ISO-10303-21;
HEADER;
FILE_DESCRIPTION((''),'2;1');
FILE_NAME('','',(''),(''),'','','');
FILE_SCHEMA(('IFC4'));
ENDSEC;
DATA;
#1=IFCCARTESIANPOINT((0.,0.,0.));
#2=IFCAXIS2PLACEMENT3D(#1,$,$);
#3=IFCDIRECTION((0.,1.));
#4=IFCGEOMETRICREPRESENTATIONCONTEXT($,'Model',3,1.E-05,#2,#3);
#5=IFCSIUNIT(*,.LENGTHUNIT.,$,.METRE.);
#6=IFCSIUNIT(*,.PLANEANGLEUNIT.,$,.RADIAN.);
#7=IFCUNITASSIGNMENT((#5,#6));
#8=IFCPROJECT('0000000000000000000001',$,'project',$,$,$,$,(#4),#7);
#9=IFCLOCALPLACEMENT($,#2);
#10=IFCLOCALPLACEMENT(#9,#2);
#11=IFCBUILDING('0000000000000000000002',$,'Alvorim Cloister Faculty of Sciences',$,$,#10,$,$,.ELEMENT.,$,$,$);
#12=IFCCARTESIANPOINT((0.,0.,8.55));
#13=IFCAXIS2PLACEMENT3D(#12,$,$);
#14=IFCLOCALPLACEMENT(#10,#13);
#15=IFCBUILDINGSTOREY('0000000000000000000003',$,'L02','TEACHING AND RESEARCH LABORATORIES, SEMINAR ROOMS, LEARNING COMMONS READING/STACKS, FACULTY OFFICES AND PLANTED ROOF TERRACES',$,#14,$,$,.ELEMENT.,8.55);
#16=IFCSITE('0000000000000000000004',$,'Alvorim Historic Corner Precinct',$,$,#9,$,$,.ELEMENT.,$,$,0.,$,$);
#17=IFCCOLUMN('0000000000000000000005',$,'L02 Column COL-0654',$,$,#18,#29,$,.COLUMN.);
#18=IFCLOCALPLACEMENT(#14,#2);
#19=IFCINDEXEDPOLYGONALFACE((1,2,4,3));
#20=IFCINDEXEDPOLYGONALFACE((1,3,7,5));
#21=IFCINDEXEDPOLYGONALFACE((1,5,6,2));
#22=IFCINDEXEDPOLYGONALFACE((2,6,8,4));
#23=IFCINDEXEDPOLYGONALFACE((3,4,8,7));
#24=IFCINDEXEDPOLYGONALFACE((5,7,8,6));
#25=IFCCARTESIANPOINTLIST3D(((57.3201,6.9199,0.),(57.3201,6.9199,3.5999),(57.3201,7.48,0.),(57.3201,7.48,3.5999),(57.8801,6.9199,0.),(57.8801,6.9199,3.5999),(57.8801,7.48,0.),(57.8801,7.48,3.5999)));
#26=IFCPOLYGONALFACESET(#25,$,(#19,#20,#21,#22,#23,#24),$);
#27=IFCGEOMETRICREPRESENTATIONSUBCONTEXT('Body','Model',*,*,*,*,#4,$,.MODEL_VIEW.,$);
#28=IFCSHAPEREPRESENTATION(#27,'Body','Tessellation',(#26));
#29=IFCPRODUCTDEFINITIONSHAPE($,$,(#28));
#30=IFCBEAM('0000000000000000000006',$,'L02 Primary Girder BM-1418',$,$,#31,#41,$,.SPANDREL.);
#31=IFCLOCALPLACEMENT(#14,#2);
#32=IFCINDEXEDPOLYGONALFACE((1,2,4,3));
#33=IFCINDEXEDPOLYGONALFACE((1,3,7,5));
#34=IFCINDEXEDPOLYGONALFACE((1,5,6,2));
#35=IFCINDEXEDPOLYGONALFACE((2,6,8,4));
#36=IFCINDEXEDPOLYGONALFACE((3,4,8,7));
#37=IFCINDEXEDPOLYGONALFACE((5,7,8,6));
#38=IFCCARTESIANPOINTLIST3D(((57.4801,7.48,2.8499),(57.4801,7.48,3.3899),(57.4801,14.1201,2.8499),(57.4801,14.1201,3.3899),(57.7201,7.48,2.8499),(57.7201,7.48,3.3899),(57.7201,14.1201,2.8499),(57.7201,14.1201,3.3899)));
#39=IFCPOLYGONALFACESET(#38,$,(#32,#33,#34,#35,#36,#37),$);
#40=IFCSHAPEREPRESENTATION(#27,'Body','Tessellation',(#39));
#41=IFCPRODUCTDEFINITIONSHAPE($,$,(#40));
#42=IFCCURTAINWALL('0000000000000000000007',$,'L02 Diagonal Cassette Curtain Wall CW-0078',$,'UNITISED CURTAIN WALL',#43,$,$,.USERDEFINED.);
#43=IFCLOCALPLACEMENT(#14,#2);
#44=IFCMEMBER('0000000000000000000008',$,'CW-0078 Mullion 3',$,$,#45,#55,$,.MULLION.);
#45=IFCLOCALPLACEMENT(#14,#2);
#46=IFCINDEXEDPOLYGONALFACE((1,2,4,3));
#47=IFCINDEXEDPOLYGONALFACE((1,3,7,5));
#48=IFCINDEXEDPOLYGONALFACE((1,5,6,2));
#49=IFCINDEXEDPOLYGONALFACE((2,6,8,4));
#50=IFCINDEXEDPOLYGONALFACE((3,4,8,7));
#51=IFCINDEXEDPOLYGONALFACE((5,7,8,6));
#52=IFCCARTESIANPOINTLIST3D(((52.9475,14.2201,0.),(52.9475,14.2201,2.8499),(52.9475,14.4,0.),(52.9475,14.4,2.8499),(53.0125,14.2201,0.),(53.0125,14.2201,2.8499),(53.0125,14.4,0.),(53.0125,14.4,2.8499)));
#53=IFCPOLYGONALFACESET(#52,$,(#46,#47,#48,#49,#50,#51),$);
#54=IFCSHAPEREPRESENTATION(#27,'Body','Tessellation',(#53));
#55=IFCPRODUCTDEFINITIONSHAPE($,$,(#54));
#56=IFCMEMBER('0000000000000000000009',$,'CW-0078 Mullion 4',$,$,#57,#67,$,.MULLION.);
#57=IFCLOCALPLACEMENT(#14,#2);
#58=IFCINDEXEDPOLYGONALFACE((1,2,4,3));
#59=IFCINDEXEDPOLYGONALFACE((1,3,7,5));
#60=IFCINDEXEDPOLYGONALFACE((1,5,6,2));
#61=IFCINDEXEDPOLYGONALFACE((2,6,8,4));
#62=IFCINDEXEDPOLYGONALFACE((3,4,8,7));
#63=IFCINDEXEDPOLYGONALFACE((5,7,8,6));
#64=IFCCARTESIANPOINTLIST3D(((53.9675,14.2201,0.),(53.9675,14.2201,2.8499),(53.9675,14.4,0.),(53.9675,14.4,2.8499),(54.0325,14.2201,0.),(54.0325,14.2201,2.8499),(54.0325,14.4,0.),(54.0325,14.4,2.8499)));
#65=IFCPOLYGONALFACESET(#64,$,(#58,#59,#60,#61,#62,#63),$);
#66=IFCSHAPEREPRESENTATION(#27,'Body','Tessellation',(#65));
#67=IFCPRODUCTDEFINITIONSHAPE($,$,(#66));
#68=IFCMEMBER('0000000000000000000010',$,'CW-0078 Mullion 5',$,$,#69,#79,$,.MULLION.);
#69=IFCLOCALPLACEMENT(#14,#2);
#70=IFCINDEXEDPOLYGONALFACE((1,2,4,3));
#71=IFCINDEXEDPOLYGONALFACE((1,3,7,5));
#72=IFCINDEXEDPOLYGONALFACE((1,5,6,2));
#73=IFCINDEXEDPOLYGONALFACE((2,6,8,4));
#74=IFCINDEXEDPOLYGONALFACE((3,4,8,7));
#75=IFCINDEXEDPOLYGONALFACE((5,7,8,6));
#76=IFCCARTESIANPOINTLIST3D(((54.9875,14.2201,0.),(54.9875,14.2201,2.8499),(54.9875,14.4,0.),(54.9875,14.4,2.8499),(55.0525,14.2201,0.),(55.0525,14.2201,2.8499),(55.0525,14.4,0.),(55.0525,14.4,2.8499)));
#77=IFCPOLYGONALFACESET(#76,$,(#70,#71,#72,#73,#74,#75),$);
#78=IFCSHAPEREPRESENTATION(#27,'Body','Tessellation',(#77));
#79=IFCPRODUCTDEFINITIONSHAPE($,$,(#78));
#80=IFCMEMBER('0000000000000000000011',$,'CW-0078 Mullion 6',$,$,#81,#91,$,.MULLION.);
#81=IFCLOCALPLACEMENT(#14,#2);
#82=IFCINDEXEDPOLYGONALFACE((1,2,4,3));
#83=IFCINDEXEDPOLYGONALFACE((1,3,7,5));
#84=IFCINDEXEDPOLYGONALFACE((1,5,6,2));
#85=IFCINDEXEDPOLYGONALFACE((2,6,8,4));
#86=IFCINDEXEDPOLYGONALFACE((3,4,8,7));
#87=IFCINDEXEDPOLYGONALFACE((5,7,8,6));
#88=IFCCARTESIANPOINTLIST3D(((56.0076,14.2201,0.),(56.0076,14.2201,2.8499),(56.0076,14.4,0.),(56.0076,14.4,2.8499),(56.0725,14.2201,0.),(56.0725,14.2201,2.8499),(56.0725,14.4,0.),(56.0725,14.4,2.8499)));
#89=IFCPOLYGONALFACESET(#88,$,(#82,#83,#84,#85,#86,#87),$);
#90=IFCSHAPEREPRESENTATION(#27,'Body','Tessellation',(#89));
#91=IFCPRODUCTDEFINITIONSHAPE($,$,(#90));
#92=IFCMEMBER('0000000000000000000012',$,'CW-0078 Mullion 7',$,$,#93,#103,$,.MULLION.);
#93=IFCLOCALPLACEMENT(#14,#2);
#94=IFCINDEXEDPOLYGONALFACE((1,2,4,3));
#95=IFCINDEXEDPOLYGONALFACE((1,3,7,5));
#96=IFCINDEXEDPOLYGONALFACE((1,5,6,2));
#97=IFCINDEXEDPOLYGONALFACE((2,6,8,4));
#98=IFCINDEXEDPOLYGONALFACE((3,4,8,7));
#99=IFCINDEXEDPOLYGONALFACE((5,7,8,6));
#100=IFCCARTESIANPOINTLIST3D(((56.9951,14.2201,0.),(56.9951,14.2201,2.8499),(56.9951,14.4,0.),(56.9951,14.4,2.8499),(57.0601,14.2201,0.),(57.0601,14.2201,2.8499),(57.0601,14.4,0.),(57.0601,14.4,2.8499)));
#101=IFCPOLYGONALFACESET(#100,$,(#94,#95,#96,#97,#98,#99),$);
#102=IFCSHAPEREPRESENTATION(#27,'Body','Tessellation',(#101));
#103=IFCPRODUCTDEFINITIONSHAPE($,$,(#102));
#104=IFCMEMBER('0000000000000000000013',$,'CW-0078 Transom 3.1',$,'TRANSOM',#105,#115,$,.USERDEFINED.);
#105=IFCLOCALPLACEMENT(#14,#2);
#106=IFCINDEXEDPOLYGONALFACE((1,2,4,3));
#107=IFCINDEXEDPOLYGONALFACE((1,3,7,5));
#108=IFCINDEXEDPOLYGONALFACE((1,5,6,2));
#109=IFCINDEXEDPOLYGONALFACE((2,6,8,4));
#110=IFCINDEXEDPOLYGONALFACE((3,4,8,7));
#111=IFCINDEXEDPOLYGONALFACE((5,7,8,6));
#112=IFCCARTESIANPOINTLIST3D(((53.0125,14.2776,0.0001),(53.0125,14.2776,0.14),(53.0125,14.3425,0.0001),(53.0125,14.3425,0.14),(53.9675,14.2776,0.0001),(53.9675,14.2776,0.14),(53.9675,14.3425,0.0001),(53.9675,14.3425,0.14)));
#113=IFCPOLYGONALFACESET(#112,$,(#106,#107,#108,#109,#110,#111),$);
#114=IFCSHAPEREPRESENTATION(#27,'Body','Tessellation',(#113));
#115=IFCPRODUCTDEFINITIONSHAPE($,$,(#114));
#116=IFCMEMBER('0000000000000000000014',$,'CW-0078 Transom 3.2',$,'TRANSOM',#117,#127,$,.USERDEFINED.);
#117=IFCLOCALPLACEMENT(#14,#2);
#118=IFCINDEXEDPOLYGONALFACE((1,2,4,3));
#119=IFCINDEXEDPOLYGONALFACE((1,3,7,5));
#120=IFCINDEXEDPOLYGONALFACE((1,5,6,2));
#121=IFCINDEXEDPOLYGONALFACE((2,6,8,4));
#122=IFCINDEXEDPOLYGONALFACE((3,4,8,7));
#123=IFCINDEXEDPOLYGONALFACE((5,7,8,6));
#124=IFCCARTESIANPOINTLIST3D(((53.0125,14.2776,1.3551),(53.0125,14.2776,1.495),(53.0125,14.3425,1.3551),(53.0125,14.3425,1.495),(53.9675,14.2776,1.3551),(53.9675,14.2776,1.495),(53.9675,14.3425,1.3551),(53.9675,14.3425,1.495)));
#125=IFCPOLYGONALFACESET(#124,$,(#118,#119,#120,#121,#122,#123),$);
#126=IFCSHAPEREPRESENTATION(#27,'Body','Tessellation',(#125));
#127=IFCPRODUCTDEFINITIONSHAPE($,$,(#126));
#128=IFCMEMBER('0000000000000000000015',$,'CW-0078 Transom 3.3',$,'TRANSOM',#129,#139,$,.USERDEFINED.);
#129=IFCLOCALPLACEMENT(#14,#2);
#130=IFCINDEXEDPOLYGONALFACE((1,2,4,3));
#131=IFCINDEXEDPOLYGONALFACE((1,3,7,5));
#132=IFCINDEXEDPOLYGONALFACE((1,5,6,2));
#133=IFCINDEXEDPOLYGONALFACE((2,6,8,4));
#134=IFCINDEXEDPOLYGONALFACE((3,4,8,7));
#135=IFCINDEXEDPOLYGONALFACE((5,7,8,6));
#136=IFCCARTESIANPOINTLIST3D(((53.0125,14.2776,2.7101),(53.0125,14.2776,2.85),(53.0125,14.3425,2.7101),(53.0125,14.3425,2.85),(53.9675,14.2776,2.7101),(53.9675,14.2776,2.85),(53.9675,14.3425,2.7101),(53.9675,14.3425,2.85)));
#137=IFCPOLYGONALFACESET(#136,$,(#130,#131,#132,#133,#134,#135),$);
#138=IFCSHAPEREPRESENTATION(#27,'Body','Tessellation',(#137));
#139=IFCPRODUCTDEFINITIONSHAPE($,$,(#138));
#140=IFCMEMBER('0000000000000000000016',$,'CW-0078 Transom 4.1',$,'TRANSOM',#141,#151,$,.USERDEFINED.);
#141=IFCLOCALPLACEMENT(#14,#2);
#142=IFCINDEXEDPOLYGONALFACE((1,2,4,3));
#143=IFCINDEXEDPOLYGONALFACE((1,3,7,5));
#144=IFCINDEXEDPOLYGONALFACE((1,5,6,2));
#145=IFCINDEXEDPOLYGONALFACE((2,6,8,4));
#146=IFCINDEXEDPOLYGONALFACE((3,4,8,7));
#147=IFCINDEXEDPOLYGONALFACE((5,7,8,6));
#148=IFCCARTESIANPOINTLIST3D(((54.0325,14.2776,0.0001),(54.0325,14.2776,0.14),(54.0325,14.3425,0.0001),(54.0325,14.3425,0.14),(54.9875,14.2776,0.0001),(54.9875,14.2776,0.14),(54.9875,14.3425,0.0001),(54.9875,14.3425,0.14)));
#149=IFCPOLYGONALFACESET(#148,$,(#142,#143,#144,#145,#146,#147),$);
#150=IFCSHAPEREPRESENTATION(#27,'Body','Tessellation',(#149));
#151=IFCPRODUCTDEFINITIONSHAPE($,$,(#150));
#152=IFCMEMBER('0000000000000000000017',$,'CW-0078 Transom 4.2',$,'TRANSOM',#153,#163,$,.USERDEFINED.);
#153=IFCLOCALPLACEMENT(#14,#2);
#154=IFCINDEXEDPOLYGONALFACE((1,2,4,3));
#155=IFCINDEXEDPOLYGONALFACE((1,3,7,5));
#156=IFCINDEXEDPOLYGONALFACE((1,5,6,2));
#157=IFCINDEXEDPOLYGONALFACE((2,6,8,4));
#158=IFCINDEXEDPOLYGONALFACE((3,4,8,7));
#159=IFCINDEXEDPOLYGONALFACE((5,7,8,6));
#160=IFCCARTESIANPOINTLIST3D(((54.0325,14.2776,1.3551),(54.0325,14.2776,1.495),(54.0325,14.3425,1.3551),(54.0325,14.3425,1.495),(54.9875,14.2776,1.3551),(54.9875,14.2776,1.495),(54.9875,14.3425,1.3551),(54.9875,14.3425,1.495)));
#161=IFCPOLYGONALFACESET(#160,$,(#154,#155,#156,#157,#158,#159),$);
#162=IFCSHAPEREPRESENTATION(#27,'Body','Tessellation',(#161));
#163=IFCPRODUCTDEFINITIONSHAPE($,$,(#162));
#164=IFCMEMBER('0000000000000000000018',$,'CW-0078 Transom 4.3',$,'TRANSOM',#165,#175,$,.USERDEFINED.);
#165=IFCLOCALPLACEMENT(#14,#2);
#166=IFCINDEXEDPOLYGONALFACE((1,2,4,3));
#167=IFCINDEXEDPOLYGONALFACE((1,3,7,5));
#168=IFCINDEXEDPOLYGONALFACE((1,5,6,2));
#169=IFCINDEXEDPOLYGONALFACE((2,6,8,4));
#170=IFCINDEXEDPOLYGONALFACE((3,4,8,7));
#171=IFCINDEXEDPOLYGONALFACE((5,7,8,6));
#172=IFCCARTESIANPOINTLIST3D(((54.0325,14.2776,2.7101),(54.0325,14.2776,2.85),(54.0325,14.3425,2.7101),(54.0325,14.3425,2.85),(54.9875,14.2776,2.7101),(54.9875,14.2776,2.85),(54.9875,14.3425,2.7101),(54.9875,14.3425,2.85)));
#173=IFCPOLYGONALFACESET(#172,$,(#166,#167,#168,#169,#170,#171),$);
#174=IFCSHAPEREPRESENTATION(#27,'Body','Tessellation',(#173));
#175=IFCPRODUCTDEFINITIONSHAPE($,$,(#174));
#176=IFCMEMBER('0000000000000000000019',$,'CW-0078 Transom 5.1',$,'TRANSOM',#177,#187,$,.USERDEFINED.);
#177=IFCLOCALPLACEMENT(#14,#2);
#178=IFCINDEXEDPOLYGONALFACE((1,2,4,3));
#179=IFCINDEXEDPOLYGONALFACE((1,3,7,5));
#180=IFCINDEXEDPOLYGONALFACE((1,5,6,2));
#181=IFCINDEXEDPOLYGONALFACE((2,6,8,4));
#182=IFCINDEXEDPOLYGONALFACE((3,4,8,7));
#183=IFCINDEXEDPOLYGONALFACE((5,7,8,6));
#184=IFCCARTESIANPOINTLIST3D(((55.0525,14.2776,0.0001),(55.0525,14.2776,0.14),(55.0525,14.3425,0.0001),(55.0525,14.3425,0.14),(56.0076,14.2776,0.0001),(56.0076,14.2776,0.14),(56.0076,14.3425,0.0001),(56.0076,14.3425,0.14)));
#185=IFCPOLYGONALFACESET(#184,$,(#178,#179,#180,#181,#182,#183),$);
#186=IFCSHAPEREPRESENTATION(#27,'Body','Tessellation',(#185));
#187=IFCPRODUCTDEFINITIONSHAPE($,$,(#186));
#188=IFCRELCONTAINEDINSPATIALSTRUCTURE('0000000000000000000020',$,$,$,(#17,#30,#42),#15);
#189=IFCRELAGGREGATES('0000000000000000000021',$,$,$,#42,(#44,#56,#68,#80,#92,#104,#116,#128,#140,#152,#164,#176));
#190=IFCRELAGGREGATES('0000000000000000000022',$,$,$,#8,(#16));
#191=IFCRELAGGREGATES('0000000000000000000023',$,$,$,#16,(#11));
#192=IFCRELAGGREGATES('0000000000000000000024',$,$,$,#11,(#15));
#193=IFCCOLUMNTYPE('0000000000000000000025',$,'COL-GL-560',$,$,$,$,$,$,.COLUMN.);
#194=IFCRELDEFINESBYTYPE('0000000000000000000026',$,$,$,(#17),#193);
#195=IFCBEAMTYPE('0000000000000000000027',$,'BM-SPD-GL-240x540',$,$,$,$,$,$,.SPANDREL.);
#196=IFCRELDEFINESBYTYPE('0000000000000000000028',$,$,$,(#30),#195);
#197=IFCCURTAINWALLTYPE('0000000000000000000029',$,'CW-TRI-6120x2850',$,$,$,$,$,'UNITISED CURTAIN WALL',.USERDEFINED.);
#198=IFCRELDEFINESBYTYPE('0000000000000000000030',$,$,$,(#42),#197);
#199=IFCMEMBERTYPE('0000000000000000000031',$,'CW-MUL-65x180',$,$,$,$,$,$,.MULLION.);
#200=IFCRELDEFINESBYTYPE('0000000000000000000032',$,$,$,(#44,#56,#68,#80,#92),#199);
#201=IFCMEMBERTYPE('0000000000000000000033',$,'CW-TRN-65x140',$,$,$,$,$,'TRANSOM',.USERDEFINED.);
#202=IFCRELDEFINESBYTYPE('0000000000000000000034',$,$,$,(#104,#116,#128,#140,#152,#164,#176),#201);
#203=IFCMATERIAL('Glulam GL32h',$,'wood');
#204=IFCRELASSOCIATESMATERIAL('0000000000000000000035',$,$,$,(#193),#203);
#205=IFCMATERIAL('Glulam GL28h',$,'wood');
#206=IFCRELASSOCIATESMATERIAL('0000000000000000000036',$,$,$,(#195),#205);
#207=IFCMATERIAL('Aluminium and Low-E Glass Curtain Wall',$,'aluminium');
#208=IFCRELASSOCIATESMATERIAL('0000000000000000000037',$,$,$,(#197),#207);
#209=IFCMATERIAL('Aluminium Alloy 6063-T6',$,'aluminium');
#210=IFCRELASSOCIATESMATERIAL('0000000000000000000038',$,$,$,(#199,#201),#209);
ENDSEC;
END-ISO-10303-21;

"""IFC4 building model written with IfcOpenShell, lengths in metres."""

from ifc_helpers import new_model, si_unit, direction, frame, origin, origin_2d, place, context, subcontext, project, spatial, rectangle, extrude, material, material_profile, profile_set, type_object, element, aggregate, save


model = new_model("IFC4")

# Units and contexts
model_context = context("Model", 3, precision=1e-05, world=origin(), true_north=direction((0.0, 1.0)))
body_context = subcontext(model_context, "Body", "Model", "MODEL_VIEW")
ifc_project = project(units=[si_unit("LENGTHUNIT", "METRE"), si_unit("PLANEANGLEUNIT", "RADIAN")], contexts=[model_context])

# Site, building, storey
site_placement = place(None, origin())
site = spatial("IfcSite", under=ifc_project, at=site_placement, Name="Alvorim Historic Corner Precinct", CompositionType="ELEMENT", RefElevation=0.0)
building_placement = place(site_placement, origin())
building = spatial("IfcBuilding", under=site, at=building_placement, Name="Alvorim Cloister Faculty of Sciences", CompositionType="ELEMENT")
storey_placement = place(building_placement, frame((0.0, 0.0, 8.55)))
storey = spatial("IfcBuildingStorey", under=building, at=storey_placement, Name="L02", Description="TEACHING AND RESEARCH LABORATORIES, SEMINAR ROOMS, LEARNING COMMONS READING/STACKS, FACULTY OFFICES AND PLANTED ROOF TERRACES", CompositionType="ELEMENT", Elevation=8.55)

# Column
ifc_material_1 = material(Name="Glulam GL32h", Category="wood")
ifc_material_profile_1 = material_profile(ifc_material_1, rectangle(XDim=0.5601, YDim=0.5601, at=origin_2d()), Name="GL32-COL-560x560")
ifc_profile_set_1 = profile_set([ifc_material_profile_1], Name="Glulam GL32h")
column_type = type_object("IfcColumnType", Name="COL-GL-560", PredefinedType="COLUMN", material=ifc_profile_set_1)
column_placement = place(storey_placement, frame((57.6001, 7.2, 0.0), z_axis=(0.0, 0.0, 1.0), x_axis=(1.0, 0.0, 0.0)))
element("IfcColumn", 1, at=column_placement, inside=storey, type_object=column_type, Name="L02 Column COL-0654", PredefinedType="COLUMN", context=body_context, shape_type="SweptSolid", body=[
    extrude(rectangle(XDim=0.5601, YDim=0.5601, at=origin_2d()), origin(), (0.0, 0.0, 1.0), 3.5999),
])

# Beam
ifc_material_2 = material(Name="Glulam GL28h", Category="wood")
ifc_material_profile_2 = material_profile(ifc_material_2, rectangle(XDim=0.24, YDim=0.54, at=origin_2d()), Name="GL28-SPD-240x540")
ifc_profile_set_2 = profile_set([ifc_material_profile_2], Name="Glulam GL28h")
beam_type = type_object("IfcBeamType", Name="BM-SPD-GL-240x540", PredefinedType="SPANDREL", material=ifc_profile_set_2)
beam_placement = place(storey_placement, frame((57.6001, 7.48, 3.1199), z_axis=(0.0, 1.0, 0.0), x_axis=(-1.0, 0.0, 0.0)))
element("IfcBeam", 2, at=beam_placement, inside=storey, type_object=beam_type, Name="L02 Primary Girder BM-1418", PredefinedType="SPANDREL", context=body_context, shape_type="SweptSolid", body=[
    extrude(rectangle(XDim=0.24, YDim=0.54, at=origin_2d()), origin(), (0.0, 0.0, 1.0), 6.6401),
])

# Curtain wall, members
ifc_material_3 = material(Name="Aluminium and Low-E Glass Curtain Wall", Category="aluminium")
curtain_wall_type = type_object("IfcCurtainWallType", Name="CW-TRI-6120x2850", ElementType="UNITISED CURTAIN WALL", PredefinedType="USERDEFINED", material=ifc_material_3)
curtain_wall_placement = place(storey_placement, origin())
curtain_wall = element("IfcCurtainWall", 3, at=curtain_wall_placement, inside=storey, type_object=curtain_wall_type, Name="L02 Diagonal Cassette Curtain Wall CW-0078", ObjectType="UNITISED CURTAIN WALL", PredefinedType="USERDEFINED")
ifc_material_4 = material(Name="Aluminium Alloy 6063-T6", Category="aluminium")
ifc_material_profile_3 = material_profile(ifc_material_4, rectangle(XDim=0.0649, YDim=0.1799, at=origin_2d()), Name="ALU-MUL-65x180")
ifc_profile_set_3 = profile_set([ifc_material_profile_3], Name="Aluminium Alloy 6063-T6")
member_type_1 = type_object("IfcMemberType", Name="CW-MUL-65x180", PredefinedType="MULLION", material=ifc_profile_set_3)
member_1_placement = place(storey_placement, frame((52.98, 14.3101, 0.0), z_axis=(0.0, 0.0, 1.0), x_axis=(1.0, 0.0, 0.0)))
member_1 = element("IfcMember", 4, at=member_1_placement, type_object=member_type_1, Name="CW-0078 Mullion 3", PredefinedType="MULLION", context=body_context, shape_type="SweptSolid", body=[
    extrude(rectangle(XDim=0.0649, YDim=0.1799, at=origin_2d()), origin(), (0.0, 0.0, 1.0), 2.8499),
])
member_2_placement = place(storey_placement, frame((54.0, 14.3101, 0.0), z_axis=(0.0, 0.0, 1.0), x_axis=(1.0, 0.0, 0.0)))
member_2 = element("IfcMember", 5, at=member_2_placement, type_object=member_type_1, Name="CW-0078 Mullion 4", PredefinedType="MULLION", context=body_context, shape_type="SweptSolid", body=[
    extrude(rectangle(XDim=0.0649, YDim=0.1799, at=origin_2d()), origin(), (0.0, 0.0, 1.0), 2.8499),
])
member_3_placement = place(storey_placement, frame((55.02, 14.3101, 0.0), z_axis=(0.0, 0.0, 1.0), x_axis=(1.0, 0.0, 0.0)))
member_3 = element("IfcMember", 6, at=member_3_placement, type_object=member_type_1, Name="CW-0078 Mullion 5", PredefinedType="MULLION", context=body_context, shape_type="SweptSolid", body=[
    extrude(rectangle(XDim=0.0649, YDim=0.1799, at=origin_2d()), origin(), (0.0, 0.0, 1.0), 2.8499),
])
member_4_placement = place(storey_placement, frame((56.04, 14.3101, 0.0), z_axis=(0.0, 0.0, 1.0), x_axis=(1.0, 0.0, 0.0)))
member_4 = element("IfcMember", 7, at=member_4_placement, type_object=member_type_1, Name="CW-0078 Mullion 6", PredefinedType="MULLION", context=body_context, shape_type="SweptSolid", body=[
    extrude(rectangle(XDim=0.0649, YDim=0.1799, at=origin_2d()), origin(), (0.0, 0.0, 1.0), 2.8499),
])
member_5_placement = place(storey_placement, frame((57.0276, 14.3101, 0.0), z_axis=(0.0, 0.0, 1.0), x_axis=(1.0, 0.0, 0.0)))
member_5 = element("IfcMember", 8, at=member_5_placement, type_object=member_type_1, Name="CW-0078 Mullion 7", PredefinedType="MULLION", context=body_context, shape_type="SweptSolid", body=[
    extrude(rectangle(XDim=0.0649, YDim=0.1799, at=origin_2d()), origin(), (0.0, 0.0, 1.0), 2.8499),
])
ifc_material_profile_4 = material_profile(ifc_material_4, rectangle(XDim=0.0649, YDim=0.1399, at=origin_2d()), Name="ALU-TRN-65x140")
ifc_profile_set_4 = profile_set([ifc_material_profile_4], Name="Aluminium Alloy 6063-T6")
member_type_2 = type_object("IfcMemberType", Name="CW-TRN-65x140", ElementType="TRANSOM", PredefinedType="USERDEFINED", material=ifc_profile_set_4)
member_6_placement = place(storey_placement, frame((53.0125, 14.3101, 0.0701), z_axis=(1.0, 0.0, 0.0), x_axis=(0.0, 1.0, 0.0)))
member_6 = element("IfcMember", 9, at=member_6_placement, type_object=member_type_2, Name="CW-0078 Transom 3.1", ObjectType="TRANSOM", PredefinedType="USERDEFINED", context=body_context, shape_type="SweptSolid", body=[
    extrude(rectangle(XDim=0.0649, YDim=0.1399, at=origin_2d()), origin(), (0.0, 0.0, 1.0), 0.9551),
])
member_7_placement = place(storey_placement, frame((53.0125, 14.3101, 1.425), z_axis=(1.0, 0.0, 0.0), x_axis=(0.0, 1.0, 0.0)))
member_7 = element("IfcMember", 10, at=member_7_placement, type_object=member_type_2, Name="CW-0078 Transom 3.2", ObjectType="TRANSOM", PredefinedType="USERDEFINED", context=body_context, shape_type="SweptSolid", body=[
    extrude(rectangle(XDim=0.0649, YDim=0.1399, at=origin_2d()), origin(), (0.0, 0.0, 1.0), 0.9551),
])
member_8_placement = place(storey_placement, frame((53.0125, 14.3101, 2.78), z_axis=(1.0, 0.0, 0.0), x_axis=(0.0, 1.0, 0.0)))
member_8 = element("IfcMember", 11, at=member_8_placement, type_object=member_type_2, Name="CW-0078 Transom 3.3", ObjectType="TRANSOM", PredefinedType="USERDEFINED", context=body_context, shape_type="SweptSolid", body=[
    extrude(rectangle(XDim=0.0649, YDim=0.1399, at=origin_2d()), origin(), (0.0, 0.0, 1.0), 0.9551),
])
member_9_placement = place(storey_placement, frame((54.0325, 14.3101, 0.0701), z_axis=(1.0, 0.0, 0.0), x_axis=(0.0, 1.0, 0.0)))
member_9 = element("IfcMember", 12, at=member_9_placement, type_object=member_type_2, Name="CW-0078 Transom 4.1", ObjectType="TRANSOM", PredefinedType="USERDEFINED", context=body_context, shape_type="SweptSolid", body=[
    extrude(rectangle(XDim=0.0649, YDim=0.1399, at=origin_2d()), origin(), (0.0, 0.0, 1.0), 0.9551),
])
member_10_placement = place(storey_placement, frame((54.0325, 14.3101, 1.425), z_axis=(1.0, 0.0, 0.0), x_axis=(0.0, 1.0, 0.0)))
member_10 = element("IfcMember", 13, at=member_10_placement, type_object=member_type_2, Name="CW-0078 Transom 4.2", ObjectType="TRANSOM", PredefinedType="USERDEFINED", context=body_context, shape_type="SweptSolid", body=[
    extrude(rectangle(XDim=0.0649, YDim=0.1399, at=origin_2d()), origin(), (0.0, 0.0, 1.0), 0.9551),
])
member_11_placement = place(storey_placement, frame((54.0325, 14.3101, 2.78), z_axis=(1.0, 0.0, 0.0), x_axis=(0.0, 1.0, 0.0)))
member_11 = element("IfcMember", 14, at=member_11_placement, type_object=member_type_2, Name="CW-0078 Transom 4.3", ObjectType="TRANSOM", PredefinedType="USERDEFINED", context=body_context, shape_type="SweptSolid", body=[
    extrude(rectangle(XDim=0.0649, YDim=0.1399, at=origin_2d()), origin(), (0.0, 0.0, 1.0), 0.9551),
])
member_12_placement = place(storey_placement, frame((55.0525, 14.3101, 0.0701), z_axis=(1.0, 0.0, 0.0), x_axis=(0.0, 1.0, 0.0)))
member_12 = element("IfcMember", 15, at=member_12_placement, type_object=member_type_2, Name="CW-0078 Transom 5.1", ObjectType="TRANSOM", PredefinedType="USERDEFINED", context=body_context, shape_type="SweptSolid", body=[
    extrude(rectangle(XDim=0.0649, YDim=0.1399, at=origin_2d()), origin(), (0.0, 0.0, 1.0), 0.9551),
])
aggregate(curtain_wall, [member_1, member_2, member_3, member_4, member_5, member_6, member_7, member_8, member_9, member_10, member_11, member_12])

save(model, "model.ifc")
